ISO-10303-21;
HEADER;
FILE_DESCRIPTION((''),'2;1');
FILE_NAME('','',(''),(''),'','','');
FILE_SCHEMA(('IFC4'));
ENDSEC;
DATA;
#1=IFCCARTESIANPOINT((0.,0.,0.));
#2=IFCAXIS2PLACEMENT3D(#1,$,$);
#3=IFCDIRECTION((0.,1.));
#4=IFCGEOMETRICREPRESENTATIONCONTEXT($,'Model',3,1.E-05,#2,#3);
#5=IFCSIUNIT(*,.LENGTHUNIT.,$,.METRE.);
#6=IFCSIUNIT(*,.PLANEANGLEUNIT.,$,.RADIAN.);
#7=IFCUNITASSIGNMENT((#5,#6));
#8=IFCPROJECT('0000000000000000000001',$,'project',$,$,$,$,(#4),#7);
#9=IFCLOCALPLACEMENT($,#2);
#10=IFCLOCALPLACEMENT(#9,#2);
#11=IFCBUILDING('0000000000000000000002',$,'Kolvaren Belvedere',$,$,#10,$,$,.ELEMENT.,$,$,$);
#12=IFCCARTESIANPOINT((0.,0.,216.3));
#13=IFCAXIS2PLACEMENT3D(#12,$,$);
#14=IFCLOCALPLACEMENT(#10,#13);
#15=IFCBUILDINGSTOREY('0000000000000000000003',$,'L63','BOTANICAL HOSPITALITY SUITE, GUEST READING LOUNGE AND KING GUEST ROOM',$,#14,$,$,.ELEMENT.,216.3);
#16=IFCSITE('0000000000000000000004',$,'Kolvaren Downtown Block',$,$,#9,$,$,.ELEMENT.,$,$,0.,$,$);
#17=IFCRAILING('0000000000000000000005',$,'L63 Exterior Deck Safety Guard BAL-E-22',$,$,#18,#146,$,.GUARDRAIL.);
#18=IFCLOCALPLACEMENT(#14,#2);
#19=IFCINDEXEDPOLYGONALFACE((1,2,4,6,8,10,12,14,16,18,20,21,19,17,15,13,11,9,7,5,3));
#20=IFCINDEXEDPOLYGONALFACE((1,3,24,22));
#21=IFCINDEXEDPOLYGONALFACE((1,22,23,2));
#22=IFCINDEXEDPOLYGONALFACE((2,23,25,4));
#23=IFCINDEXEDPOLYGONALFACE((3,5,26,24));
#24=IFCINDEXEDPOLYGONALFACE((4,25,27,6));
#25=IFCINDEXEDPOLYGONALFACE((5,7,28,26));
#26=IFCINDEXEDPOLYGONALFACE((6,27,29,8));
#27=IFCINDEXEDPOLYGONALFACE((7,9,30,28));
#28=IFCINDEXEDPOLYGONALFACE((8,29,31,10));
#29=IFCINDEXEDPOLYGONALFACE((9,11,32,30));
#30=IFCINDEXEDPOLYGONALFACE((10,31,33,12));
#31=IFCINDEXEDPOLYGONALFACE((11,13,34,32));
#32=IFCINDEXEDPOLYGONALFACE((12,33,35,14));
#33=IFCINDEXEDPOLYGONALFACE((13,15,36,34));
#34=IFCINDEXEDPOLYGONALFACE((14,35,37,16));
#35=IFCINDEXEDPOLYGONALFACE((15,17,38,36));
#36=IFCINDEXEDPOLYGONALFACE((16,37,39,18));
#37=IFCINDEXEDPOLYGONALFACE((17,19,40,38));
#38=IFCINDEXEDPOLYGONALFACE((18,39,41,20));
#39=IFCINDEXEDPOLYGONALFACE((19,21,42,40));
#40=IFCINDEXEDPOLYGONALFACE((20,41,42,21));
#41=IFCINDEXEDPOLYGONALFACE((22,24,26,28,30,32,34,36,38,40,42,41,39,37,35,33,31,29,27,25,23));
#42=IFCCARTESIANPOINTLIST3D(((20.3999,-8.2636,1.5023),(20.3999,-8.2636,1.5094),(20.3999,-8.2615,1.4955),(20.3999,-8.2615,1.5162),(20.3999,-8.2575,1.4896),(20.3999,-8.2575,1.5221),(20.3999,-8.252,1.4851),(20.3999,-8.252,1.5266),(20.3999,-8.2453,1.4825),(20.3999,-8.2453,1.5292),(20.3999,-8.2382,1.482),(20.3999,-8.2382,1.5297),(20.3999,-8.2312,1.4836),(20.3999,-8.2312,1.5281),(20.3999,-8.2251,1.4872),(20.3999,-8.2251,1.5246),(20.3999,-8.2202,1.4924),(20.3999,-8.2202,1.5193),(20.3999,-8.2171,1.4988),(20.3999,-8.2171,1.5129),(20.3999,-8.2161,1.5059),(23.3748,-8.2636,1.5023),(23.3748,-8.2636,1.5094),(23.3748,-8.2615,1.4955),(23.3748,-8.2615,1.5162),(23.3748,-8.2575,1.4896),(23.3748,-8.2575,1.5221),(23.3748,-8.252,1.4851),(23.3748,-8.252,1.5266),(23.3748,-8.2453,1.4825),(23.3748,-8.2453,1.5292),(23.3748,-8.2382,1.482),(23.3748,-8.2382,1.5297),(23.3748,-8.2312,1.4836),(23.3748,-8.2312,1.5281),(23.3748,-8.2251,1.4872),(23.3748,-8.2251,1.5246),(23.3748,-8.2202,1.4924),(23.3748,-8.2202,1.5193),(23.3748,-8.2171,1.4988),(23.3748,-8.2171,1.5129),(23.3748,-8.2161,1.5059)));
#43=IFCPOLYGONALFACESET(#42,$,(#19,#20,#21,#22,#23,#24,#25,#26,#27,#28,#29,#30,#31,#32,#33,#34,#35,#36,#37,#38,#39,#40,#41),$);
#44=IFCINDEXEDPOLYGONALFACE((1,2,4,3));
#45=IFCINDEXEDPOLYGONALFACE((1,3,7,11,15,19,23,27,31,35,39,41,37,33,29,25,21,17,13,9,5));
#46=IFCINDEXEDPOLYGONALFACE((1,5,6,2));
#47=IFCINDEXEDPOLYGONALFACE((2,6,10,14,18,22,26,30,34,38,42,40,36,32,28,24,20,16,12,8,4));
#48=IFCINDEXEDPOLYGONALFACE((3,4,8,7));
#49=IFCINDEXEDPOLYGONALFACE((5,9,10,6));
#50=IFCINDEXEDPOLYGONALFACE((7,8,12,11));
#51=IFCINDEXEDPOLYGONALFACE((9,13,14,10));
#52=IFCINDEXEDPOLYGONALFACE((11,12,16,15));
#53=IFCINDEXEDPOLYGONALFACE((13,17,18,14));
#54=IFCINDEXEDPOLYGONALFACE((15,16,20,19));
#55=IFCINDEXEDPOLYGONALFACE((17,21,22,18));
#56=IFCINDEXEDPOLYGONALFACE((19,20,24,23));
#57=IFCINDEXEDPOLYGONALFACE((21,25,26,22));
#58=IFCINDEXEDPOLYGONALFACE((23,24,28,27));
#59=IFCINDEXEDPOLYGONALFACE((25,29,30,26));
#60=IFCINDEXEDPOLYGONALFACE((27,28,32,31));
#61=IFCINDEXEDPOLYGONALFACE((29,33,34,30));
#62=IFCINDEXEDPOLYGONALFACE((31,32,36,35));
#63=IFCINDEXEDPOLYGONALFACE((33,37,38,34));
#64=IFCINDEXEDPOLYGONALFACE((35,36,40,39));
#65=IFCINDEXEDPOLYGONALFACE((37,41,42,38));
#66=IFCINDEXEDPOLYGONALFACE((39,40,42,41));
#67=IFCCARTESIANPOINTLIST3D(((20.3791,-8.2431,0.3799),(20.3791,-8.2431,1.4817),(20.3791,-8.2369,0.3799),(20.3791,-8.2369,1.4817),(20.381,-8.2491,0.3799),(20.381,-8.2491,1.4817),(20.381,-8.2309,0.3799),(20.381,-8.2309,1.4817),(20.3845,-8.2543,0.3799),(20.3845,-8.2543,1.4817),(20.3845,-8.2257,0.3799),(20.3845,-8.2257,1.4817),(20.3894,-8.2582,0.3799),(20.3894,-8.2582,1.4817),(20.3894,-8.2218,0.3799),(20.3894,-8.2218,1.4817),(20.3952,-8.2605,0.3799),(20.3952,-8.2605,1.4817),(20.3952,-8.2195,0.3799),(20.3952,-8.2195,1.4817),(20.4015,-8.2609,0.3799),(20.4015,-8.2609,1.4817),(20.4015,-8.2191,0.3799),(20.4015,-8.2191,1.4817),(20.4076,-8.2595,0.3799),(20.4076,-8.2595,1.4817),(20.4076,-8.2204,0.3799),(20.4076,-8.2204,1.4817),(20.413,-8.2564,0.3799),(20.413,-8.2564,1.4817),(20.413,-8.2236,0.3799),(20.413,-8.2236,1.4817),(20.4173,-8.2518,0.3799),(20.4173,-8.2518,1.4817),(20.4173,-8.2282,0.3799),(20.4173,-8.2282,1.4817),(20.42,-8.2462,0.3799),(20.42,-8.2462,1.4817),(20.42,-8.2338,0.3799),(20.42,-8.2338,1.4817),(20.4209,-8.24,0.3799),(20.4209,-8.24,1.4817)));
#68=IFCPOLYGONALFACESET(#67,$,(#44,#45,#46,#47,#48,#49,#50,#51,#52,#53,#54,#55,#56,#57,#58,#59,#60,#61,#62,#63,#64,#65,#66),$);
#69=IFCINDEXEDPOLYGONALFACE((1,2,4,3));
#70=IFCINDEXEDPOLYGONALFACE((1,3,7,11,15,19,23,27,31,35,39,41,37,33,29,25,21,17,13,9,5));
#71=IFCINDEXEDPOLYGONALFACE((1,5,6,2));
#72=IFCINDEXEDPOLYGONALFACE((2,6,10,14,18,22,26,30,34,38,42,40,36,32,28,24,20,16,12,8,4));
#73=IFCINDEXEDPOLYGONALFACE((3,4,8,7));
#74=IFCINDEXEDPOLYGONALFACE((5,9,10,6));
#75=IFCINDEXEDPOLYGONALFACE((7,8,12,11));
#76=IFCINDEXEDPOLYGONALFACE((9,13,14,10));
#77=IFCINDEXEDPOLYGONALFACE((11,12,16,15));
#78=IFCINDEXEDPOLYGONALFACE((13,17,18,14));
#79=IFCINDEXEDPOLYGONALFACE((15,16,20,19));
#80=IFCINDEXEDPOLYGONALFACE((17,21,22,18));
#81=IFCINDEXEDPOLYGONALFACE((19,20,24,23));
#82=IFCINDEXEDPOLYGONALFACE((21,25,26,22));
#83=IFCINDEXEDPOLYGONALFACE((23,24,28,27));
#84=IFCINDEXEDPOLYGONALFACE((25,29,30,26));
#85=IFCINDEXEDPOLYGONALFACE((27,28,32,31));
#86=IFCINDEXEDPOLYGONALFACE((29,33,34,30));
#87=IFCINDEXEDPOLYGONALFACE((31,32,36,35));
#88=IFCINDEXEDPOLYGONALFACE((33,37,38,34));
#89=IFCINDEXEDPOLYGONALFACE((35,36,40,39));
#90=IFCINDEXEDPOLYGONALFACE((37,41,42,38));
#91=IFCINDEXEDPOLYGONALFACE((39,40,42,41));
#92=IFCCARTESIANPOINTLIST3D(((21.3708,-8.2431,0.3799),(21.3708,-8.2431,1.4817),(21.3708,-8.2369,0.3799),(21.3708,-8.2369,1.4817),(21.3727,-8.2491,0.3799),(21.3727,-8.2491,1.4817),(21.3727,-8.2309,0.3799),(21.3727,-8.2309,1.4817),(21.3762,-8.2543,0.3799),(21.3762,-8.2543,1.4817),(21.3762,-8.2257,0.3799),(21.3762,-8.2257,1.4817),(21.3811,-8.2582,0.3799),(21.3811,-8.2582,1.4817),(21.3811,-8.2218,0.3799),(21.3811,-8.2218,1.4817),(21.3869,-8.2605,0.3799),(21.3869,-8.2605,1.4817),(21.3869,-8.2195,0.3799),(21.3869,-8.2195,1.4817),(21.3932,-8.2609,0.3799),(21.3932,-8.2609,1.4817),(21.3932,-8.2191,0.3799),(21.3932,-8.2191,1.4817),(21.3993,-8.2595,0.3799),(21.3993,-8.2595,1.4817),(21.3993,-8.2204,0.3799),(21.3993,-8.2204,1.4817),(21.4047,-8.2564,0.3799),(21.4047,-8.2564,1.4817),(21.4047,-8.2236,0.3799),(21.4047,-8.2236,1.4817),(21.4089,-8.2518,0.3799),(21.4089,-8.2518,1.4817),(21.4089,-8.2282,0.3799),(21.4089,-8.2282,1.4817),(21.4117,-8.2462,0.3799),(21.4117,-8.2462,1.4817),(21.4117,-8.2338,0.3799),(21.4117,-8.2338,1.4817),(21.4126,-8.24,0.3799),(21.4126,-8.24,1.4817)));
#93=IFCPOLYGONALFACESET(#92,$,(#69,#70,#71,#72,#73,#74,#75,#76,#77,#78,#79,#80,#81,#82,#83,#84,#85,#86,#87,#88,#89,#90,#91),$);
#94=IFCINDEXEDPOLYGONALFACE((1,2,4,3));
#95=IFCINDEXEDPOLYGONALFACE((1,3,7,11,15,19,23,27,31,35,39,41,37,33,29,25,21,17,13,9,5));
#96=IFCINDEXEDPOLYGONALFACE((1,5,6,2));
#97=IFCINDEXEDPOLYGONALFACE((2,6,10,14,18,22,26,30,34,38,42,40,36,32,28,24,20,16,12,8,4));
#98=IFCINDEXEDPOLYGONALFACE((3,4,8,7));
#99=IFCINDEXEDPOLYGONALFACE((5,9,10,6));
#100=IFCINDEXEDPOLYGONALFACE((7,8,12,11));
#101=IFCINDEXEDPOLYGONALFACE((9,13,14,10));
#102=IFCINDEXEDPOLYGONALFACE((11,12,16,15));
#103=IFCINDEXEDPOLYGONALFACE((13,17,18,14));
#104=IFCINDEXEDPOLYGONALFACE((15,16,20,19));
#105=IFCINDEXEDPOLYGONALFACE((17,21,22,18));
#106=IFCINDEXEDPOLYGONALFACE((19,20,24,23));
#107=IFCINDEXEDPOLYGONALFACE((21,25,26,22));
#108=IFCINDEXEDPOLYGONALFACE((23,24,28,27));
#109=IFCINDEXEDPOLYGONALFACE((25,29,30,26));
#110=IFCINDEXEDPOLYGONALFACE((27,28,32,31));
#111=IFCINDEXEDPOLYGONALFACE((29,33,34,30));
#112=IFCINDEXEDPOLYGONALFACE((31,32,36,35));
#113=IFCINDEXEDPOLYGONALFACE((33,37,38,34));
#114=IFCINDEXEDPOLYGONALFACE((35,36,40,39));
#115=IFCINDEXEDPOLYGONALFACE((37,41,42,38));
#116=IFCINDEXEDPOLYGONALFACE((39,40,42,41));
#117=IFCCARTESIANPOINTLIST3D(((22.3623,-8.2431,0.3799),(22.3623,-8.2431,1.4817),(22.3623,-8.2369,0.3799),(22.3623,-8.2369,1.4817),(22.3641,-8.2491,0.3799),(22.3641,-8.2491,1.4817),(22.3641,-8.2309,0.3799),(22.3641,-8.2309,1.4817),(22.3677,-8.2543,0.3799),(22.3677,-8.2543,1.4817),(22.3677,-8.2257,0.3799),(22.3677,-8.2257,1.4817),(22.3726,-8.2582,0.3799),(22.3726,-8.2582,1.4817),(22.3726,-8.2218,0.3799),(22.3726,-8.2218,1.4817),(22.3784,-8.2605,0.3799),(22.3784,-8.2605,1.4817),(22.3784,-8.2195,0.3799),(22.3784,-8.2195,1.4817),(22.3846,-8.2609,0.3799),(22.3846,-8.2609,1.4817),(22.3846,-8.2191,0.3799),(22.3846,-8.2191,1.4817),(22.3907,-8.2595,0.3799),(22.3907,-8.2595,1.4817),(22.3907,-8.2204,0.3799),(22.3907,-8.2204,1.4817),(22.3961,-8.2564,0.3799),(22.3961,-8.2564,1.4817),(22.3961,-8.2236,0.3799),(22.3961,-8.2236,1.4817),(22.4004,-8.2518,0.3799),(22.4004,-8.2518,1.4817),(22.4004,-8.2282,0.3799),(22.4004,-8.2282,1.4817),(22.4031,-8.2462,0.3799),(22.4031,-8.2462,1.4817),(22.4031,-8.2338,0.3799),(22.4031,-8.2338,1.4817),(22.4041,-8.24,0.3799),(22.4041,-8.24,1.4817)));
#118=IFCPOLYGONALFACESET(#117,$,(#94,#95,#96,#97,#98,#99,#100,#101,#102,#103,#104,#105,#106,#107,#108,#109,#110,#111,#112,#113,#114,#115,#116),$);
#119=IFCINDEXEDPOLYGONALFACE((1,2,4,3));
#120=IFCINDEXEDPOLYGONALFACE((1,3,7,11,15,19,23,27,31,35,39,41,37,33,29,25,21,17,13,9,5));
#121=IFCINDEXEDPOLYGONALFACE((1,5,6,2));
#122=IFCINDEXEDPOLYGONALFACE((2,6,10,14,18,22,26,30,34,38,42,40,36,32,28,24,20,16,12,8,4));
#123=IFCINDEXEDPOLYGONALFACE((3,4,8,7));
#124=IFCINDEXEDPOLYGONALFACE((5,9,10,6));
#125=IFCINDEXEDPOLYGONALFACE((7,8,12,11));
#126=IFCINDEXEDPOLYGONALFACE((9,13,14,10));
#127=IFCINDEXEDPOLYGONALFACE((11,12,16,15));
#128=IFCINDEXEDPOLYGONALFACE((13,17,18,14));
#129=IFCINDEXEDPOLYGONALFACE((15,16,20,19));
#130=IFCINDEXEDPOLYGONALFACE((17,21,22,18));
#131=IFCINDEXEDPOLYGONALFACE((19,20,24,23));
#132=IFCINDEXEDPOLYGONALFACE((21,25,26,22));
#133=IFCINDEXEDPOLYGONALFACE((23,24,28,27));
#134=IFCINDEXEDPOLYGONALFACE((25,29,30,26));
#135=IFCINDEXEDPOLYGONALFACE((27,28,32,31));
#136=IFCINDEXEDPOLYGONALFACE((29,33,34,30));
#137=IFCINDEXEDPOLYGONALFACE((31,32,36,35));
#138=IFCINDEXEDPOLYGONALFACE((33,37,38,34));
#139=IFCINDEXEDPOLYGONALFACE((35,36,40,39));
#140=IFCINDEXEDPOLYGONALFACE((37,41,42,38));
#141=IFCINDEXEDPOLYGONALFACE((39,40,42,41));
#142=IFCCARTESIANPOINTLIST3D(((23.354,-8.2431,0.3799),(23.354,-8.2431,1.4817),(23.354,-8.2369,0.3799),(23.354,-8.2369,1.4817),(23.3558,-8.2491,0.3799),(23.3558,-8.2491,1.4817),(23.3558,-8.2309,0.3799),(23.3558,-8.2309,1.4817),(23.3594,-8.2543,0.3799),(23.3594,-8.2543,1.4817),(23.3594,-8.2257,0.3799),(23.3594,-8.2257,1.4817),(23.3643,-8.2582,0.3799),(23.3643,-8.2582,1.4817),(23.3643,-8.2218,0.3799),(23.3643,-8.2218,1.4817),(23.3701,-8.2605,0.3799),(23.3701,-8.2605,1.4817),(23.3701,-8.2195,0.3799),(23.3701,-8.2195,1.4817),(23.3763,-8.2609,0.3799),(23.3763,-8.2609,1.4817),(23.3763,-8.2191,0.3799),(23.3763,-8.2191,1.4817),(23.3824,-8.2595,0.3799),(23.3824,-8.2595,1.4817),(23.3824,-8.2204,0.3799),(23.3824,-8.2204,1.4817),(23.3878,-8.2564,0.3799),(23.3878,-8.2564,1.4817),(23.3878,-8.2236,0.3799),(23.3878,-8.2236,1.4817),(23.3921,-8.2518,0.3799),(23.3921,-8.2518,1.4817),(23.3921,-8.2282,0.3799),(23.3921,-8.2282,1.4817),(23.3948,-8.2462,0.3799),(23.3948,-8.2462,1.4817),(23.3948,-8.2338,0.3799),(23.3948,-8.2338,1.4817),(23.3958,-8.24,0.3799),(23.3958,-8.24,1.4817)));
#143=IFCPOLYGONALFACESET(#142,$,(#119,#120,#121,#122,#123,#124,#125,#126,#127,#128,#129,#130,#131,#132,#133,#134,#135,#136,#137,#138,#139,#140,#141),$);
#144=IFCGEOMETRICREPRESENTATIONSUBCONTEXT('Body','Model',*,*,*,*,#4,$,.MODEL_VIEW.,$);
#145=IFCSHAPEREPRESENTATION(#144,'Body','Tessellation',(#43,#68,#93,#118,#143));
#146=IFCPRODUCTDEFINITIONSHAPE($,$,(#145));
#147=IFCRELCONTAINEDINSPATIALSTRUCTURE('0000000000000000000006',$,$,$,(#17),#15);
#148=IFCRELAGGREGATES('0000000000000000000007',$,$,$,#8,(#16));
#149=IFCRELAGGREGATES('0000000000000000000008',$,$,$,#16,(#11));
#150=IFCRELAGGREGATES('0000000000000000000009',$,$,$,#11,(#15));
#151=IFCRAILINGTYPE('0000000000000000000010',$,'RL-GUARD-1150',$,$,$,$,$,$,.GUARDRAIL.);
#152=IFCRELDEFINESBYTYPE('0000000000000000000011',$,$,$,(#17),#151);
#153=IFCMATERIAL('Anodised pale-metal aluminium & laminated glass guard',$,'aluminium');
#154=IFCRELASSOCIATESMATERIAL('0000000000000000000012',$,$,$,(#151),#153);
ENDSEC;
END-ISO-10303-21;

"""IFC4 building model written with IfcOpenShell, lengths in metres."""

from ifc_helpers import new_model, si_unit, direction, frame, origin, origin_2d, place, context, subcontext, project, spatial, circle, extrude, material, type_object, element, save


model = new_model("IFC4")

# Units and contexts
model_context = context("Model", 3, precision=1e-05, world=origin(), true_north=direction((0.0, 1.0)))
body_context = subcontext(model_context, "Body", "Model", "MODEL_VIEW")
ifc_project = project(units=[si_unit("LENGTHUNIT", "METRE"), si_unit("PLANEANGLEUNIT", "RADIAN")], contexts=[model_context])

# Site, building, storey
site_placement = place(None, origin())
site = spatial("IfcSite", under=ifc_project, at=site_placement, Name="Kolvaren Downtown Block", CompositionType="ELEMENT", RefElevation=0.0)
building_placement = place(site_placement, origin())
building = spatial("IfcBuilding", under=site, at=building_placement, Name="Kolvaren Belvedere", CompositionType="ELEMENT")
storey_placement = place(building_placement, frame((0.0, 0.0, 216.3)))
storey = spatial("IfcBuildingStorey", under=building, at=storey_placement, Name="L63", Description="BOTANICAL HOSPITALITY SUITE, GUEST READING LOUNGE AND KING GUEST ROOM", CompositionType="ELEMENT", Elevation=216.3)

# Railing
ifc_material_1 = material(Name="Anodised pale-metal aluminium & laminated glass guard", Category="aluminium")
railing_type = type_object("IfcRailingType", Name="RL-GUARD-1150", PredefinedType="GUARDRAIL", material=ifc_material_1)
railing_1_placement = place(storey_placement, frame((20.3999, -8.24, 0.3799)))
element("IfcRailing", 1, at=railing_1_placement, inside=storey, type_object=railing_type, Name="L63 Exterior Deck Safety Guard BAL-E-22", PredefinedType="GUARDRAIL", context=body_context, shape_type="SweptSolid", body=[
    extrude(circle(Radius=0.0239, at=origin_2d()), frame((0.0, 0.0, 1.126), z_axis=(1.0, 0.0, 0.0), x_axis=(0.0, 1.0, 0.0)), (0.0, 0.0, 1.0), 2.9749),
    extrude(circle(Radius=0.021, at=origin_2d()), origin(), (0.0, 0.0, 1.0), 1.1018),
    extrude(circle(Radius=0.021, at=origin_2d()), frame((0.9917, 0.0, 0.0)), (0.0, 0.0, 1.0), 1.1018),
    extrude(circle(Radius=0.021, at=origin_2d()), frame((1.9832, 0.0, 0.0)), (0.0, 0.0, 1.0), 1.1018),
    extrude(circle(Radius=0.021, at=origin_2d()), frame((2.9749, 0.0, 0.0)), (0.0, 0.0, 1.0), 1.1018),
])

save(model, "model.ifc")
